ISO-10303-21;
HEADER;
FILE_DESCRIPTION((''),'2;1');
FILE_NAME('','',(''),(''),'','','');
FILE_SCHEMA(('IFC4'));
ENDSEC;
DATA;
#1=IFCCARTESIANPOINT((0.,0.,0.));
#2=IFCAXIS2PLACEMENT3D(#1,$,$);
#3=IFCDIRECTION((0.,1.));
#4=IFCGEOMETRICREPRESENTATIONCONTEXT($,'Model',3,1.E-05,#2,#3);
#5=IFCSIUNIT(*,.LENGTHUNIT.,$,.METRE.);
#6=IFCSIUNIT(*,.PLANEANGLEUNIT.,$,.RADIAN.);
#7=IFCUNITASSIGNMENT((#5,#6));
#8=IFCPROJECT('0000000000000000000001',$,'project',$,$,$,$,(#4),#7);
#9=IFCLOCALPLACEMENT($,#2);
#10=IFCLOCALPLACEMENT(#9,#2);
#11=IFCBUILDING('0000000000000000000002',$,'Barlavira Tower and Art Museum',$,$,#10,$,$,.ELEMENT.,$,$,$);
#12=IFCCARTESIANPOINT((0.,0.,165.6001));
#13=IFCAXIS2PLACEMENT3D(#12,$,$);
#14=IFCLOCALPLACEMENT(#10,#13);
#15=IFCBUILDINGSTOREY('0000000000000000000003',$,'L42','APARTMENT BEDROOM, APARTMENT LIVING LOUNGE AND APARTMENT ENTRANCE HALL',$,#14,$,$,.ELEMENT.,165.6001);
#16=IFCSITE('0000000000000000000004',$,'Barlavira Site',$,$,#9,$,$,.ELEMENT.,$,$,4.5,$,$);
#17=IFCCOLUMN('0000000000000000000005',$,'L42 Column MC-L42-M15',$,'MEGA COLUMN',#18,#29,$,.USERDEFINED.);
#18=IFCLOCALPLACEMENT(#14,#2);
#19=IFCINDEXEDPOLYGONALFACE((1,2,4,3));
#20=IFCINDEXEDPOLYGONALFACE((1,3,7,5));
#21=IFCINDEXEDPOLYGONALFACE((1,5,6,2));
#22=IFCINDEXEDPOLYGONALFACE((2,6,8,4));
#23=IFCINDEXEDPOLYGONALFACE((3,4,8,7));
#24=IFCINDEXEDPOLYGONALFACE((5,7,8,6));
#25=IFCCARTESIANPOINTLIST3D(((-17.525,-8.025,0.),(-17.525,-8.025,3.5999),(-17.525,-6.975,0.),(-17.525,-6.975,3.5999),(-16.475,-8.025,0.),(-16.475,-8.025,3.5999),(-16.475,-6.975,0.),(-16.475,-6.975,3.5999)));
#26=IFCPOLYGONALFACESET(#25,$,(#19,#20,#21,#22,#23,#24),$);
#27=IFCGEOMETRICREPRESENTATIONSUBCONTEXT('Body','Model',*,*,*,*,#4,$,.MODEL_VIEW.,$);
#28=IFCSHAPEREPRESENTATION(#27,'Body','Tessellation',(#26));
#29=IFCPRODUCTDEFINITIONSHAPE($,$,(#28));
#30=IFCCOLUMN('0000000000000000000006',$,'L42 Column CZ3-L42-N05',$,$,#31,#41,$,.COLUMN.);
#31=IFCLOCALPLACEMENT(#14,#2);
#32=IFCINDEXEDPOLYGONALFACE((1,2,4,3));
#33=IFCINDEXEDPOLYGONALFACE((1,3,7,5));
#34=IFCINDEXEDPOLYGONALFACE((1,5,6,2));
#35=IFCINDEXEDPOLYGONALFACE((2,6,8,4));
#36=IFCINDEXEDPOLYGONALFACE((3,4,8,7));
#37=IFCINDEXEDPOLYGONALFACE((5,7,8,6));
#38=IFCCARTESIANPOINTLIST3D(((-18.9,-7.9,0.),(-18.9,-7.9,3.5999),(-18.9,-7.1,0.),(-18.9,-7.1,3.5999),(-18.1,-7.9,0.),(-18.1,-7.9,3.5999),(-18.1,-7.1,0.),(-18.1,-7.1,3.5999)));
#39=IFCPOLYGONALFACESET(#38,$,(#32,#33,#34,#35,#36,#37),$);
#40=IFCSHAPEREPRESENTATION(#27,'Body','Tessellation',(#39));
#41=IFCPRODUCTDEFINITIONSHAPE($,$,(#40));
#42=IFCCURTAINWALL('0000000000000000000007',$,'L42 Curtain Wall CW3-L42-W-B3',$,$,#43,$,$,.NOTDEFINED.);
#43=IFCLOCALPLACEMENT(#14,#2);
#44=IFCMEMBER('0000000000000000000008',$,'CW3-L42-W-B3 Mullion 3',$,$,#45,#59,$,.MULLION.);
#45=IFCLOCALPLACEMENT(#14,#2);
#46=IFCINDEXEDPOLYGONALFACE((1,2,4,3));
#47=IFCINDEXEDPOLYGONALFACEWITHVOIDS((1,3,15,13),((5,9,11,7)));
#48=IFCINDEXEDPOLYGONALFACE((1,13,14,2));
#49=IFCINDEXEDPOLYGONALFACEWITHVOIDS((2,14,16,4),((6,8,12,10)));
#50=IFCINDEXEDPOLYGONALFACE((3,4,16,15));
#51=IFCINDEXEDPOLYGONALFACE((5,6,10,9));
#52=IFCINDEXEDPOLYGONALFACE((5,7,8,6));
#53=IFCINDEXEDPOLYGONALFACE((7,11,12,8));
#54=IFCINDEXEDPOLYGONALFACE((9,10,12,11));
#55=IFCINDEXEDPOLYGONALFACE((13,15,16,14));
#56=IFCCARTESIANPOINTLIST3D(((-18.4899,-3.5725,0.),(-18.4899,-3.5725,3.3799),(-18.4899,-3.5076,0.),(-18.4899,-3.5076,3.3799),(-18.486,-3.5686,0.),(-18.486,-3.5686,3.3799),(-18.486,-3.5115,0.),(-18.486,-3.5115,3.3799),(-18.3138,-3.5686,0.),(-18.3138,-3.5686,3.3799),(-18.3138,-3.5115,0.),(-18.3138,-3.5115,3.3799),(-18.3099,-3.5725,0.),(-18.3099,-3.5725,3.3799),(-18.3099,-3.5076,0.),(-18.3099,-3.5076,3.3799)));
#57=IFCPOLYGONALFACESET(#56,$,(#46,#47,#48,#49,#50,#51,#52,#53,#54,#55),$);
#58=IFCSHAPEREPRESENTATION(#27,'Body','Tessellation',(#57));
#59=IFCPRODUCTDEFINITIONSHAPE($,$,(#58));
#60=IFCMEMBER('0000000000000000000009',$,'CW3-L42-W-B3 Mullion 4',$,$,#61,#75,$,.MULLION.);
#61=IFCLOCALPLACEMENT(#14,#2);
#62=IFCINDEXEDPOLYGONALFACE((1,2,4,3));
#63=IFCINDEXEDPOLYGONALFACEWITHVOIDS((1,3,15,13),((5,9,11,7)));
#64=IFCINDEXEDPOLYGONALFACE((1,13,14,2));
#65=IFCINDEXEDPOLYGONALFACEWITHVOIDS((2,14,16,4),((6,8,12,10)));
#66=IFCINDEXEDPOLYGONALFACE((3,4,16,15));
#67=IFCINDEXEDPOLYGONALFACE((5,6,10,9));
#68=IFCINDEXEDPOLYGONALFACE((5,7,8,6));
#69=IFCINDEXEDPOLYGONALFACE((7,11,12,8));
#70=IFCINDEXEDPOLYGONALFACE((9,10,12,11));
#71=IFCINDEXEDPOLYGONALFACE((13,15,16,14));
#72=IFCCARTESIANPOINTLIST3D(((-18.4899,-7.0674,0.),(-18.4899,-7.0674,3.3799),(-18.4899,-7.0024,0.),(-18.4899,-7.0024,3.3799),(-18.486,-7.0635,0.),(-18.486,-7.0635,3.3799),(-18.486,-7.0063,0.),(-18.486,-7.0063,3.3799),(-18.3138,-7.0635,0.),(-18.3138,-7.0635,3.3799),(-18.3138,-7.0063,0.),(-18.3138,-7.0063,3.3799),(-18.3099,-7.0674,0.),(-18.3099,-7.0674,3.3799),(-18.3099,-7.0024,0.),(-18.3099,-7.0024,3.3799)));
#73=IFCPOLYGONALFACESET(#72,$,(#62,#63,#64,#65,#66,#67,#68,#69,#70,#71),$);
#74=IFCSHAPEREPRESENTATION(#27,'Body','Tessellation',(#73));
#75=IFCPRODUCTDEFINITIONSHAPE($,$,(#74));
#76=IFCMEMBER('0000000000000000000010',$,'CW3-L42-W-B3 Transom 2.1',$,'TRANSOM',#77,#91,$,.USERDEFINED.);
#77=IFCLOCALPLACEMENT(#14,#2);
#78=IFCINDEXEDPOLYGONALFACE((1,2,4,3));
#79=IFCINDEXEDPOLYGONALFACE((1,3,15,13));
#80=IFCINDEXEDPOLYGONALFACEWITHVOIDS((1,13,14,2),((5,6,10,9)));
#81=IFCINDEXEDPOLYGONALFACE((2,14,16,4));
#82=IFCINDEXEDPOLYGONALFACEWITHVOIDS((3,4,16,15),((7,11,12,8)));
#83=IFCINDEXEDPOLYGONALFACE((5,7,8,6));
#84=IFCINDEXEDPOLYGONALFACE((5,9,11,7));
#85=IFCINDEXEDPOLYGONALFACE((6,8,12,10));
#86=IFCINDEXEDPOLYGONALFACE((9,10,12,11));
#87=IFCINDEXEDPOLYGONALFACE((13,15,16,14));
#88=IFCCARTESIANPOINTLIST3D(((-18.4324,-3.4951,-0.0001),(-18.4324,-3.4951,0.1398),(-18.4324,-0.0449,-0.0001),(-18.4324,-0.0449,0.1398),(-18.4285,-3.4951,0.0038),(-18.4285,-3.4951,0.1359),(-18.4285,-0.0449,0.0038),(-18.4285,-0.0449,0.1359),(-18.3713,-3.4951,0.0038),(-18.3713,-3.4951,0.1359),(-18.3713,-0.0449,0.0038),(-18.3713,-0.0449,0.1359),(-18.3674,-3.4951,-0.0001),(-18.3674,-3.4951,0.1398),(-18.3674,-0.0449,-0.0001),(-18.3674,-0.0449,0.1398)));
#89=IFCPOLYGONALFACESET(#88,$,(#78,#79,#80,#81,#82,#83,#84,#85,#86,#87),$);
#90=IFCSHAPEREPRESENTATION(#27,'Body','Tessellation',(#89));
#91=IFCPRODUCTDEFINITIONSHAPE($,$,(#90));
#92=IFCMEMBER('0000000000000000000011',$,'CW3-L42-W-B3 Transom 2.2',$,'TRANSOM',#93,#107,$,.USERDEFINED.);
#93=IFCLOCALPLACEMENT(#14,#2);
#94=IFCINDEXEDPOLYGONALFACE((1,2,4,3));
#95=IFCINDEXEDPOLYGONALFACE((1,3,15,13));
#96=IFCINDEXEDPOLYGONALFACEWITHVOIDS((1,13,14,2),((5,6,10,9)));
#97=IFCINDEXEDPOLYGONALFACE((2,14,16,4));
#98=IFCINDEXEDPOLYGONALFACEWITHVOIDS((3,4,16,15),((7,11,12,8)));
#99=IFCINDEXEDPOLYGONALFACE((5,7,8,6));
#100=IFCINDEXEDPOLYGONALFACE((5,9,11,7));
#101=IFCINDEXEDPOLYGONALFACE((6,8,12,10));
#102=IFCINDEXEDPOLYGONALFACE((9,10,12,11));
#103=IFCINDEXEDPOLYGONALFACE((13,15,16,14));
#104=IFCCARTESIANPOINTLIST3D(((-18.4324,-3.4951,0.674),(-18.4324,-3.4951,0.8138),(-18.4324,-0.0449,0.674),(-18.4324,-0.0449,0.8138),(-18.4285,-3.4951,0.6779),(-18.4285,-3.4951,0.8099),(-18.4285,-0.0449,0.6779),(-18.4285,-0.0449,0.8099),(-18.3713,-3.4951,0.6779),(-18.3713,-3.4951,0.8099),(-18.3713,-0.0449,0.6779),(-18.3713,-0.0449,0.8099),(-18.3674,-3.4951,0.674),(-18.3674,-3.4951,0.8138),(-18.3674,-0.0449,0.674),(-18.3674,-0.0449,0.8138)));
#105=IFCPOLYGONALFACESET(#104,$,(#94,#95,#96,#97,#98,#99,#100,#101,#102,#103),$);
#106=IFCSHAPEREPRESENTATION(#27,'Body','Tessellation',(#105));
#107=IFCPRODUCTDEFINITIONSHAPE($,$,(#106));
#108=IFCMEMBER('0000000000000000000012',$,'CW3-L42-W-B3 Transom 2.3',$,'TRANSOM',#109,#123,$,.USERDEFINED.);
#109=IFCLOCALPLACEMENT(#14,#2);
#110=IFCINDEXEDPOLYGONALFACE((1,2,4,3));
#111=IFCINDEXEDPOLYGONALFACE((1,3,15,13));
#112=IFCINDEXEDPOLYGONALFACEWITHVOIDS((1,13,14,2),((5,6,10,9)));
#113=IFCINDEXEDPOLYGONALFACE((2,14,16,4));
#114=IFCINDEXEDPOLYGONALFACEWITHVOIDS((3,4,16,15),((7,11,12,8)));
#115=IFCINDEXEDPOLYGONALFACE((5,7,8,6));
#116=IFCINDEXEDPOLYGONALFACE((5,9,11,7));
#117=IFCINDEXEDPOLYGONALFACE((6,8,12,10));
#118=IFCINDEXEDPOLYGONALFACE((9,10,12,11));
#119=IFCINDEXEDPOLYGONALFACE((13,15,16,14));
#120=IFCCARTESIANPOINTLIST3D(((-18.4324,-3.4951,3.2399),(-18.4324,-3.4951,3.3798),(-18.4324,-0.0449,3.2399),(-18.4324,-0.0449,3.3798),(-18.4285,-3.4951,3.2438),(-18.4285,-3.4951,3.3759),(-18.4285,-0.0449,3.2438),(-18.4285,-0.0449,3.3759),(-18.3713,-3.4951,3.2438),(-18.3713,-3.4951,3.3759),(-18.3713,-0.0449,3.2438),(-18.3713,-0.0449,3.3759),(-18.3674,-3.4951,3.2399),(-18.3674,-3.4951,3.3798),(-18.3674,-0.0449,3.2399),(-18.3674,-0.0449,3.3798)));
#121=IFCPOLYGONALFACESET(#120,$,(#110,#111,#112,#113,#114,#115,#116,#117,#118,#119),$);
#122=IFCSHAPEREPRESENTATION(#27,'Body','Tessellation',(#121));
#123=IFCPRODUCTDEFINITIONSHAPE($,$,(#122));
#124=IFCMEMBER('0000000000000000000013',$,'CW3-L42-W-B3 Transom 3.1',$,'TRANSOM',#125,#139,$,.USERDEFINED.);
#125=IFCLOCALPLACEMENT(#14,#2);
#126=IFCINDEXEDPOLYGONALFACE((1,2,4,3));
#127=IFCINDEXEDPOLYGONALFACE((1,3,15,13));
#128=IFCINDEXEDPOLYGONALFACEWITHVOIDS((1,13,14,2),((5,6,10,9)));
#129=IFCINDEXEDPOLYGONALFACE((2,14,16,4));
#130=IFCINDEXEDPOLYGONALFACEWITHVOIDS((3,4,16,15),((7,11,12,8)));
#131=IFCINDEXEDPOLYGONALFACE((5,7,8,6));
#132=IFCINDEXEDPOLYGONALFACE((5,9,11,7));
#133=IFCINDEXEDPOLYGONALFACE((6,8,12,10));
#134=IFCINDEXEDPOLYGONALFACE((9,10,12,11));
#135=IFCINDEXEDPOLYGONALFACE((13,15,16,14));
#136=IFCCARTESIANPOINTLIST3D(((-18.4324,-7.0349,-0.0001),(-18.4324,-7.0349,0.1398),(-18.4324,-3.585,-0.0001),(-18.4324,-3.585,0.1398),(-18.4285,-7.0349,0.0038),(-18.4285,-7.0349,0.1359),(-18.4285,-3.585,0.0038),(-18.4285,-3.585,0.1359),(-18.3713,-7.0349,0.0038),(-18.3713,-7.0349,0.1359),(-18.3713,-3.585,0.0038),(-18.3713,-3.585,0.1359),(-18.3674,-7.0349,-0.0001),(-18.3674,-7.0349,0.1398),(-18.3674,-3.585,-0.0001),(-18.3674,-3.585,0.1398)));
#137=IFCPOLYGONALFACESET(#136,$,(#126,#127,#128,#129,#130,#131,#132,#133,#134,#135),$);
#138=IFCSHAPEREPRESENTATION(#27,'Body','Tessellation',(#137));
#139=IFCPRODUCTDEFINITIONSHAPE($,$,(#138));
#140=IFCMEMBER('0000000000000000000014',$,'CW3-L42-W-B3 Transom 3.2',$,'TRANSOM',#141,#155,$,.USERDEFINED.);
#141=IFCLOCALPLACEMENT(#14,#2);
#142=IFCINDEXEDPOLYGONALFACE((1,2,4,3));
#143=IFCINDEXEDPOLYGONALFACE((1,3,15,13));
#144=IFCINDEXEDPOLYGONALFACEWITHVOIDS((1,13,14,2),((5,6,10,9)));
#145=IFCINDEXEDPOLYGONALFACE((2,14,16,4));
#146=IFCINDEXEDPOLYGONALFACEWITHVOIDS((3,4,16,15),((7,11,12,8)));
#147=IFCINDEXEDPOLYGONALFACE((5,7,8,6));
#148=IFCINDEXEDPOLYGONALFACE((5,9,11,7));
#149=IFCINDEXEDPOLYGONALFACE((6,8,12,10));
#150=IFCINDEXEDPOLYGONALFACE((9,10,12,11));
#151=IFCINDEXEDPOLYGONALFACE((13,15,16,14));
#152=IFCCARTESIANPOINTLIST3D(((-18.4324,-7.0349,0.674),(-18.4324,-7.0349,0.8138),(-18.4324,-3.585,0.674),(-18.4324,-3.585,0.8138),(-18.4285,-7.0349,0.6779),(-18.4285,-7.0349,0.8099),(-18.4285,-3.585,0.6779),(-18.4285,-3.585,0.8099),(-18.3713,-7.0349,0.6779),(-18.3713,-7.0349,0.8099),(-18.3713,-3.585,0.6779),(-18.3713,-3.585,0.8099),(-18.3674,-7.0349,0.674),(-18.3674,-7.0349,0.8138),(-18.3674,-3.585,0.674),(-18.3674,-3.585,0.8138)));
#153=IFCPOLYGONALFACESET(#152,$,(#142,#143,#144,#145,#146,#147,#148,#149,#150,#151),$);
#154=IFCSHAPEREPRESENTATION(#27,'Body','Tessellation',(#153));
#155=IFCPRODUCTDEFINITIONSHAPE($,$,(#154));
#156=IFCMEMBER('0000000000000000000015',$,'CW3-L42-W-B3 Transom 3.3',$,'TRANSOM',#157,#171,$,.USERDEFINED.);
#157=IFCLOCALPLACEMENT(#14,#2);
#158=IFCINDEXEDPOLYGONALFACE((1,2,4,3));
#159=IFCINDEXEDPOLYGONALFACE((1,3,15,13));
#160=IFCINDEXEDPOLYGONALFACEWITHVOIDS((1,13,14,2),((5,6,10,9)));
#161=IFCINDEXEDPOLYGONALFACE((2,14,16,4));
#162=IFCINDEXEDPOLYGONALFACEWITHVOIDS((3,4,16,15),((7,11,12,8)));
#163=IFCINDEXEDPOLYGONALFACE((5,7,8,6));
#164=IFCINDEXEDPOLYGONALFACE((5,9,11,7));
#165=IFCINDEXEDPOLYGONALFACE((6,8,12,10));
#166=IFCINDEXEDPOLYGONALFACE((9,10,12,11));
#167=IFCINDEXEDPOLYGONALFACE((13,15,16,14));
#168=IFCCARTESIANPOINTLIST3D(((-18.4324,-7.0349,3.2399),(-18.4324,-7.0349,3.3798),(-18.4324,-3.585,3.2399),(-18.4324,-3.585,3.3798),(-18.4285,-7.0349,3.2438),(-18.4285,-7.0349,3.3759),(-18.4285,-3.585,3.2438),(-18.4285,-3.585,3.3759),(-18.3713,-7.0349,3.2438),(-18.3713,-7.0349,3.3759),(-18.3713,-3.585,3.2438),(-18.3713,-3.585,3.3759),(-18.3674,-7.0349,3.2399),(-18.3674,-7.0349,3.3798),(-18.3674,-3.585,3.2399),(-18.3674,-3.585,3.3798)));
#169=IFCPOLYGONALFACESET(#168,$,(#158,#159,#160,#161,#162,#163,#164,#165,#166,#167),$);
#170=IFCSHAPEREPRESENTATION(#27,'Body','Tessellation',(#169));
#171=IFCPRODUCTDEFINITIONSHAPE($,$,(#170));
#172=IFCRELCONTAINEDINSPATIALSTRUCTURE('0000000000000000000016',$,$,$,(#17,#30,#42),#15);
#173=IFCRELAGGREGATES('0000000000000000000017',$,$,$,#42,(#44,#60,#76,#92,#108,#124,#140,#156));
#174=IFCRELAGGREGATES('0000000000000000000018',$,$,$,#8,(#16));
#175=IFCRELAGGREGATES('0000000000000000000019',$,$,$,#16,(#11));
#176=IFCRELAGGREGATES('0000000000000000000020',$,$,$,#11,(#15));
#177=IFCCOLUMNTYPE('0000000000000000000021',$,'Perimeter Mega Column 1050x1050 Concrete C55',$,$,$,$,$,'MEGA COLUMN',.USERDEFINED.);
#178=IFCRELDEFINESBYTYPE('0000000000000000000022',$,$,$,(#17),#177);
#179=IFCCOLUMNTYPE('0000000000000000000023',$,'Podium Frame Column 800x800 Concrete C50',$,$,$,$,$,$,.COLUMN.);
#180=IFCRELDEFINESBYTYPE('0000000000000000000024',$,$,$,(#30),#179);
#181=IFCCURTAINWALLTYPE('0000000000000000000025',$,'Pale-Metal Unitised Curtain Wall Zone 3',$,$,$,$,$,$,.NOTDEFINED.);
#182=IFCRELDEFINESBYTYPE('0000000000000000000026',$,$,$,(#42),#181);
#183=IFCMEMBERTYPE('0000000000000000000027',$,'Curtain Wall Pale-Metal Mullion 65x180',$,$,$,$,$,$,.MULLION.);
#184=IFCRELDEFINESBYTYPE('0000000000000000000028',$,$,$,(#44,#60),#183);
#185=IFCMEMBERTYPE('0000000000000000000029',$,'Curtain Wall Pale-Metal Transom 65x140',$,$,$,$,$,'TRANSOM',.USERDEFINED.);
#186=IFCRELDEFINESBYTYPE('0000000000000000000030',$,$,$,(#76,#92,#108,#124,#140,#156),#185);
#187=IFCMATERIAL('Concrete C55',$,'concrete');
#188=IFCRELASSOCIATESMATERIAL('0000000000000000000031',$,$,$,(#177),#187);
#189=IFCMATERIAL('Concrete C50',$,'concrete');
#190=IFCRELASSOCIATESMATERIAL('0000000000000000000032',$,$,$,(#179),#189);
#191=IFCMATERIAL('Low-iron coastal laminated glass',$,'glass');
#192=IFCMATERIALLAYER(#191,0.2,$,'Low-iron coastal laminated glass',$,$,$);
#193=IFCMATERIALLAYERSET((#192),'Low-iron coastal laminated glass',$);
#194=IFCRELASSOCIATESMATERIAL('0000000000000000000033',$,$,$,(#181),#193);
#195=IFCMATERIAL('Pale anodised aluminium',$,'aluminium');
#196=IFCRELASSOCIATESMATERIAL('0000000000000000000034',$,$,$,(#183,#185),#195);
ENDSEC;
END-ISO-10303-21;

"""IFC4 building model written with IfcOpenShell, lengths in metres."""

from ifc_helpers import new_model, si_unit, direction, frame, origin, origin_2d, place, context, subcontext, project, spatial, rectangle, hollow_rectangle, extrude, material, layer, layer_set, material_profile, profile_set, type_object, element, aggregate, save


model = new_model("IFC4")

# Units and contexts
model_context = context("Model", 3, precision=1e-05, world=origin(), true_north=direction((0.0, 1.0)))
body_context = subcontext(model_context, "Body", "Model", "MODEL_VIEW")
ifc_project = project(units=[si_unit("LENGTHUNIT", "METRE"), si_unit("PLANEANGLEUNIT", "RADIAN")], contexts=[model_context])

# Site, building, storey
site_placement = place(None, origin())
site = spatial("IfcSite", under=ifc_project, at=site_placement, Name="Barlavira Site", CompositionType="ELEMENT", RefElevation=4.5)
building_placement = place(site_placement, origin())
building = spatial("IfcBuilding", under=site, at=building_placement, Name="Barlavira Tower and Art Museum", CompositionType="ELEMENT")
storey_placement = place(building_placement, frame((0.0, 0.0, 165.6001)))
storey = spatial("IfcBuildingStorey", under=building, at=storey_placement, Name="L42", Description="APARTMENT BEDROOM, APARTMENT LIVING LOUNGE AND APARTMENT ENTRANCE HALL", CompositionType="ELEMENT", Elevation=165.6001)

# Columns
ifc_material_1 = material(Name="Concrete C55", Category="concrete")
ifc_material_profile_1 = material_profile(ifc_material_1, rectangle(XDim=1.05, YDim=1.05, at=origin_2d()), Name="RC-COL 1050x1050")
ifc_profile_set_1 = profile_set([ifc_material_profile_1], Name="Concrete C55")
column_type_1 = type_object("IfcColumnType", Name="Perimeter Mega Column 1050x1050 Concrete C55", ElementType="MEGA COLUMN", PredefinedType="USERDEFINED", material=ifc_profile_set_1)
column_1_placement = place(storey_placement, frame((-17.0, -7.5, 0.0), z_axis=(0.0, 0.0, 1.0), x_axis=(1.0, 0.0, 0.0)))
element("IfcColumn", 1, at=column_1_placement, inside=storey, type_object=column_type_1, Name="L42 Column MC-L42-M15", ObjectType="MEGA COLUMN", PredefinedType="USERDEFINED", context=body_context, shape_type="SweptSolid", body=[
    extrude(rectangle(XDim=1.05, YDim=1.05, at=origin_2d()), origin(), (0.0, 0.0, 1.0), 3.5999),
])
ifc_material_2 = material(Name="Concrete C50", Category="concrete")
ifc_material_profile_2 = material_profile(ifc_material_2, rectangle(XDim=0.8, YDim=0.8, at=origin_2d()), Name="RC-COL 800x800")
ifc_profile_set_2 = profile_set([ifc_material_profile_2], Name="Concrete C50")
column_type_2 = type_object("IfcColumnType", Name="Podium Frame Column 800x800 Concrete C50", PredefinedType="COLUMN", material=ifc_profile_set_2)
column_2_placement = place(storey_placement, frame((-18.5, -7.5, 0.0), z_axis=(0.0, 0.0, 1.0), x_axis=(1.0, 0.0, 0.0)))
element("IfcColumn", 2, at=column_2_placement, inside=storey, type_object=column_type_2, Name="L42 Column CZ3-L42-N05", PredefinedType="COLUMN", context=body_context, shape_type="SweptSolid", body=[
    extrude(rectangle(XDim=0.8, YDim=0.8, at=origin_2d()), origin(), (0.0, 0.0, 1.0), 3.5999),
])

# Curtain wall, members
ifc_material_3 = material(Name="Low-iron coastal laminated glass", Category="glass")
ifc_layer_1 = layer(ifc_material_3, 0.2, Name="Low-iron coastal laminated glass")
ifc_layer_set_1 = layer_set([ifc_layer_1], Name="Low-iron coastal laminated glass")
curtain_wall_type = type_object("IfcCurtainWallType", Name="Pale-Metal Unitised Curtain Wall Zone 3", PredefinedType="NOTDEFINED", material=ifc_layer_set_1)
curtain_wall_placement = place(storey_placement, origin())
curtain_wall = element("IfcCurtainWall", 3, at=curtain_wall_placement, inside=storey, type_object=curtain_wall_type, Name="L42 Curtain Wall CW3-L42-W-B3", PredefinedType="NOTDEFINED")
ifc_material_4 = material(Name="Pale anodised aluminium", Category="aluminium")
ifc_material_profile_3 = material_profile(ifc_material_4, hollow_rectangle(XDim=0.0649, YDim=0.1799, WallThickness=0.0039, at=origin_2d()), Name="ALU-MULL 65x180x4")
ifc_profile_set_3 = profile_set([ifc_material_profile_3], Name="Pale anodised aluminium")
member_type_1 = type_object("IfcMemberType", Name="Curtain Wall Pale-Metal Mullion 65x180", PredefinedType="MULLION", material=ifc_profile_set_3)
member_1_placement = place(storey_placement, frame((-18.3999, -3.54, 0.0), z_axis=(0.0, 0.0, 1.0), x_axis=(0.0, -1.0, 0.0)))
member_1 = element("IfcMember", 4, at=member_1_placement, type_object=member_type_1, Name="CW3-L42-W-B3 Mullion 3", PredefinedType="MULLION", context=body_context, shape_type="SweptSolid", body=[
    extrude(hollow_rectangle(XDim=0.0649, YDim=0.1799, WallThickness=0.0039, at=origin_2d()), origin(), (0.0, 0.0, 1.0), 3.3799),
])
member_2_placement = place(storey_placement, frame((-18.3999, -7.0349, 0.0), z_axis=(0.0, 0.0, 1.0), x_axis=(0.0, -1.0, 0.0)))
member_2 = element("IfcMember", 5, at=member_2_placement, type_object=member_type_1, Name="CW3-L42-W-B3 Mullion 4", PredefinedType="MULLION", context=body_context, shape_type="SweptSolid", body=[
    extrude(hollow_rectangle(XDim=0.0649, YDim=0.1799, WallThickness=0.0039, at=origin_2d()), origin(), (0.0, 0.0, 1.0), 3.3799),
])
ifc_material_profile_4 = material_profile(ifc_material_4, hollow_rectangle(XDim=0.0649, YDim=0.1399, WallThickness=0.0039, at=origin_2d()), Name="ALU-TRAN 65x140x4")
ifc_profile_set_4 = profile_set([ifc_material_profile_4], Name="Pale anodised aluminium")
member_type_2 = type_object("IfcMemberType", Name="Curtain Wall Pale-Metal Transom 65x140", ElementType="TRANSOM", PredefinedType="USERDEFINED", material=ifc_profile_set_4)
member_3_placement = place(storey_placement, frame((-18.3999, -0.0449, 0.0698), z_axis=(0.0, -1.0, 0.0), x_axis=(1.0, 0.0, 0.0)))
member_3 = element("IfcMember", 6, at=member_3_placement, type_object=member_type_2, Name="CW3-L42-W-B3 Transom 2.1", ObjectType="TRANSOM", PredefinedType="USERDEFINED", context=body_context, shape_type="SweptSolid", body=[
    extrude(hollow_rectangle(XDim=0.0649, YDim=0.1399, WallThickness=0.0039, at=origin_2d()), origin(), (0.0, 0.0, 1.0), 3.4502),
])
member_4_placement = place(storey_placement, frame((-18.3999, -0.0449, 0.7439), z_axis=(0.0, -1.0, 0.0), x_axis=(1.0, 0.0, 0.0)))
member_4 = element("IfcMember", 7, at=member_4_placement, type_object=member_type_2, Name="CW3-L42-W-B3 Transom 2.2", ObjectType="TRANSOM", PredefinedType="USERDEFINED", context=body_context, shape_type="SweptSolid", body=[
    extrude(hollow_rectangle(XDim=0.0649, YDim=0.1399, WallThickness=0.0039, at=origin_2d()), origin(), (0.0, 0.0, 1.0), 3.4502),
])
member_5_placement = place(storey_placement, frame((-18.3999, -0.0449, 3.3098), z_axis=(0.0, -1.0, 0.0), x_axis=(1.0, 0.0, 0.0)))
member_5 = element("IfcMember", 8, at=member_5_placement, type_object=member_type_2, Name="CW3-L42-W-B3 Transom 2.3", ObjectType="TRANSOM", PredefinedType="USERDEFINED", context=body_context, shape_type="SweptSolid", body=[
    extrude(hollow_rectangle(XDim=0.0649, YDim=0.1399, WallThickness=0.0039, at=origin_2d()), origin(), (0.0, 0.0, 1.0), 3.4502),
])
member_6_placement = place(storey_placement, frame((-18.3999, -3.585, 0.0698), z_axis=(0.0, -1.0, 0.0), x_axis=(1.0, 0.0, 0.0)))
member_6 = element("IfcMember", 9, at=member_6_placement, type_object=member_type_2, Name="CW3-L42-W-B3 Transom 3.1", ObjectType="TRANSOM", PredefinedType="USERDEFINED", context=body_context, shape_type="SweptSolid", body=[
    extrude(hollow_rectangle(XDim=0.0649, YDim=0.1399, WallThickness=0.0039, at=origin_2d()), origin(), (0.0, 0.0, 1.0), 3.45),
])
member_7_placement = place(storey_placement, frame((-18.3999, -3.585, 0.7439), z_axis=(0.0, -1.0, 0.0), x_axis=(1.0, 0.0, 0.0)))
member_7 = element("IfcMember", 10, at=member_7_placement, type_object=member_type_2, Name="CW3-L42-W-B3 Transom 3.2", ObjectType="TRANSOM", PredefinedType="USERDEFINED", context=body_context, shape_type="SweptSolid", body=[
    extrude(hollow_rectangle(XDim=0.0649, YDim=0.1399, WallThickness=0.0039, at=origin_2d()), origin(), (0.0, 0.0, 1.0), 3.45),
])
member_8_placement = place(storey_placement, frame((-18.3999, -3.585, 3.3098), z_axis=(0.0, -1.0, 0.0), x_axis=(1.0, 0.0, 0.0)))
member_8 = element("IfcMember", 11, at=member_8_placement, type_object=member_type_2, Name="CW3-L42-W-B3 Transom 3.3", ObjectType="TRANSOM", PredefinedType="USERDEFINED", context=body_context, shape_type="SweptSolid", body=[
    extrude(hollow_rectangle(XDim=0.0649, YDim=0.1399, WallThickness=0.0039, at=origin_2d()), origin(), (0.0, 0.0, 1.0), 3.45),
])

aggregate(curtain_wall, [member_1, member_2, member_3, member_4, member_5, member_6, member_7, member_8])

save(model, "model.ifc")
